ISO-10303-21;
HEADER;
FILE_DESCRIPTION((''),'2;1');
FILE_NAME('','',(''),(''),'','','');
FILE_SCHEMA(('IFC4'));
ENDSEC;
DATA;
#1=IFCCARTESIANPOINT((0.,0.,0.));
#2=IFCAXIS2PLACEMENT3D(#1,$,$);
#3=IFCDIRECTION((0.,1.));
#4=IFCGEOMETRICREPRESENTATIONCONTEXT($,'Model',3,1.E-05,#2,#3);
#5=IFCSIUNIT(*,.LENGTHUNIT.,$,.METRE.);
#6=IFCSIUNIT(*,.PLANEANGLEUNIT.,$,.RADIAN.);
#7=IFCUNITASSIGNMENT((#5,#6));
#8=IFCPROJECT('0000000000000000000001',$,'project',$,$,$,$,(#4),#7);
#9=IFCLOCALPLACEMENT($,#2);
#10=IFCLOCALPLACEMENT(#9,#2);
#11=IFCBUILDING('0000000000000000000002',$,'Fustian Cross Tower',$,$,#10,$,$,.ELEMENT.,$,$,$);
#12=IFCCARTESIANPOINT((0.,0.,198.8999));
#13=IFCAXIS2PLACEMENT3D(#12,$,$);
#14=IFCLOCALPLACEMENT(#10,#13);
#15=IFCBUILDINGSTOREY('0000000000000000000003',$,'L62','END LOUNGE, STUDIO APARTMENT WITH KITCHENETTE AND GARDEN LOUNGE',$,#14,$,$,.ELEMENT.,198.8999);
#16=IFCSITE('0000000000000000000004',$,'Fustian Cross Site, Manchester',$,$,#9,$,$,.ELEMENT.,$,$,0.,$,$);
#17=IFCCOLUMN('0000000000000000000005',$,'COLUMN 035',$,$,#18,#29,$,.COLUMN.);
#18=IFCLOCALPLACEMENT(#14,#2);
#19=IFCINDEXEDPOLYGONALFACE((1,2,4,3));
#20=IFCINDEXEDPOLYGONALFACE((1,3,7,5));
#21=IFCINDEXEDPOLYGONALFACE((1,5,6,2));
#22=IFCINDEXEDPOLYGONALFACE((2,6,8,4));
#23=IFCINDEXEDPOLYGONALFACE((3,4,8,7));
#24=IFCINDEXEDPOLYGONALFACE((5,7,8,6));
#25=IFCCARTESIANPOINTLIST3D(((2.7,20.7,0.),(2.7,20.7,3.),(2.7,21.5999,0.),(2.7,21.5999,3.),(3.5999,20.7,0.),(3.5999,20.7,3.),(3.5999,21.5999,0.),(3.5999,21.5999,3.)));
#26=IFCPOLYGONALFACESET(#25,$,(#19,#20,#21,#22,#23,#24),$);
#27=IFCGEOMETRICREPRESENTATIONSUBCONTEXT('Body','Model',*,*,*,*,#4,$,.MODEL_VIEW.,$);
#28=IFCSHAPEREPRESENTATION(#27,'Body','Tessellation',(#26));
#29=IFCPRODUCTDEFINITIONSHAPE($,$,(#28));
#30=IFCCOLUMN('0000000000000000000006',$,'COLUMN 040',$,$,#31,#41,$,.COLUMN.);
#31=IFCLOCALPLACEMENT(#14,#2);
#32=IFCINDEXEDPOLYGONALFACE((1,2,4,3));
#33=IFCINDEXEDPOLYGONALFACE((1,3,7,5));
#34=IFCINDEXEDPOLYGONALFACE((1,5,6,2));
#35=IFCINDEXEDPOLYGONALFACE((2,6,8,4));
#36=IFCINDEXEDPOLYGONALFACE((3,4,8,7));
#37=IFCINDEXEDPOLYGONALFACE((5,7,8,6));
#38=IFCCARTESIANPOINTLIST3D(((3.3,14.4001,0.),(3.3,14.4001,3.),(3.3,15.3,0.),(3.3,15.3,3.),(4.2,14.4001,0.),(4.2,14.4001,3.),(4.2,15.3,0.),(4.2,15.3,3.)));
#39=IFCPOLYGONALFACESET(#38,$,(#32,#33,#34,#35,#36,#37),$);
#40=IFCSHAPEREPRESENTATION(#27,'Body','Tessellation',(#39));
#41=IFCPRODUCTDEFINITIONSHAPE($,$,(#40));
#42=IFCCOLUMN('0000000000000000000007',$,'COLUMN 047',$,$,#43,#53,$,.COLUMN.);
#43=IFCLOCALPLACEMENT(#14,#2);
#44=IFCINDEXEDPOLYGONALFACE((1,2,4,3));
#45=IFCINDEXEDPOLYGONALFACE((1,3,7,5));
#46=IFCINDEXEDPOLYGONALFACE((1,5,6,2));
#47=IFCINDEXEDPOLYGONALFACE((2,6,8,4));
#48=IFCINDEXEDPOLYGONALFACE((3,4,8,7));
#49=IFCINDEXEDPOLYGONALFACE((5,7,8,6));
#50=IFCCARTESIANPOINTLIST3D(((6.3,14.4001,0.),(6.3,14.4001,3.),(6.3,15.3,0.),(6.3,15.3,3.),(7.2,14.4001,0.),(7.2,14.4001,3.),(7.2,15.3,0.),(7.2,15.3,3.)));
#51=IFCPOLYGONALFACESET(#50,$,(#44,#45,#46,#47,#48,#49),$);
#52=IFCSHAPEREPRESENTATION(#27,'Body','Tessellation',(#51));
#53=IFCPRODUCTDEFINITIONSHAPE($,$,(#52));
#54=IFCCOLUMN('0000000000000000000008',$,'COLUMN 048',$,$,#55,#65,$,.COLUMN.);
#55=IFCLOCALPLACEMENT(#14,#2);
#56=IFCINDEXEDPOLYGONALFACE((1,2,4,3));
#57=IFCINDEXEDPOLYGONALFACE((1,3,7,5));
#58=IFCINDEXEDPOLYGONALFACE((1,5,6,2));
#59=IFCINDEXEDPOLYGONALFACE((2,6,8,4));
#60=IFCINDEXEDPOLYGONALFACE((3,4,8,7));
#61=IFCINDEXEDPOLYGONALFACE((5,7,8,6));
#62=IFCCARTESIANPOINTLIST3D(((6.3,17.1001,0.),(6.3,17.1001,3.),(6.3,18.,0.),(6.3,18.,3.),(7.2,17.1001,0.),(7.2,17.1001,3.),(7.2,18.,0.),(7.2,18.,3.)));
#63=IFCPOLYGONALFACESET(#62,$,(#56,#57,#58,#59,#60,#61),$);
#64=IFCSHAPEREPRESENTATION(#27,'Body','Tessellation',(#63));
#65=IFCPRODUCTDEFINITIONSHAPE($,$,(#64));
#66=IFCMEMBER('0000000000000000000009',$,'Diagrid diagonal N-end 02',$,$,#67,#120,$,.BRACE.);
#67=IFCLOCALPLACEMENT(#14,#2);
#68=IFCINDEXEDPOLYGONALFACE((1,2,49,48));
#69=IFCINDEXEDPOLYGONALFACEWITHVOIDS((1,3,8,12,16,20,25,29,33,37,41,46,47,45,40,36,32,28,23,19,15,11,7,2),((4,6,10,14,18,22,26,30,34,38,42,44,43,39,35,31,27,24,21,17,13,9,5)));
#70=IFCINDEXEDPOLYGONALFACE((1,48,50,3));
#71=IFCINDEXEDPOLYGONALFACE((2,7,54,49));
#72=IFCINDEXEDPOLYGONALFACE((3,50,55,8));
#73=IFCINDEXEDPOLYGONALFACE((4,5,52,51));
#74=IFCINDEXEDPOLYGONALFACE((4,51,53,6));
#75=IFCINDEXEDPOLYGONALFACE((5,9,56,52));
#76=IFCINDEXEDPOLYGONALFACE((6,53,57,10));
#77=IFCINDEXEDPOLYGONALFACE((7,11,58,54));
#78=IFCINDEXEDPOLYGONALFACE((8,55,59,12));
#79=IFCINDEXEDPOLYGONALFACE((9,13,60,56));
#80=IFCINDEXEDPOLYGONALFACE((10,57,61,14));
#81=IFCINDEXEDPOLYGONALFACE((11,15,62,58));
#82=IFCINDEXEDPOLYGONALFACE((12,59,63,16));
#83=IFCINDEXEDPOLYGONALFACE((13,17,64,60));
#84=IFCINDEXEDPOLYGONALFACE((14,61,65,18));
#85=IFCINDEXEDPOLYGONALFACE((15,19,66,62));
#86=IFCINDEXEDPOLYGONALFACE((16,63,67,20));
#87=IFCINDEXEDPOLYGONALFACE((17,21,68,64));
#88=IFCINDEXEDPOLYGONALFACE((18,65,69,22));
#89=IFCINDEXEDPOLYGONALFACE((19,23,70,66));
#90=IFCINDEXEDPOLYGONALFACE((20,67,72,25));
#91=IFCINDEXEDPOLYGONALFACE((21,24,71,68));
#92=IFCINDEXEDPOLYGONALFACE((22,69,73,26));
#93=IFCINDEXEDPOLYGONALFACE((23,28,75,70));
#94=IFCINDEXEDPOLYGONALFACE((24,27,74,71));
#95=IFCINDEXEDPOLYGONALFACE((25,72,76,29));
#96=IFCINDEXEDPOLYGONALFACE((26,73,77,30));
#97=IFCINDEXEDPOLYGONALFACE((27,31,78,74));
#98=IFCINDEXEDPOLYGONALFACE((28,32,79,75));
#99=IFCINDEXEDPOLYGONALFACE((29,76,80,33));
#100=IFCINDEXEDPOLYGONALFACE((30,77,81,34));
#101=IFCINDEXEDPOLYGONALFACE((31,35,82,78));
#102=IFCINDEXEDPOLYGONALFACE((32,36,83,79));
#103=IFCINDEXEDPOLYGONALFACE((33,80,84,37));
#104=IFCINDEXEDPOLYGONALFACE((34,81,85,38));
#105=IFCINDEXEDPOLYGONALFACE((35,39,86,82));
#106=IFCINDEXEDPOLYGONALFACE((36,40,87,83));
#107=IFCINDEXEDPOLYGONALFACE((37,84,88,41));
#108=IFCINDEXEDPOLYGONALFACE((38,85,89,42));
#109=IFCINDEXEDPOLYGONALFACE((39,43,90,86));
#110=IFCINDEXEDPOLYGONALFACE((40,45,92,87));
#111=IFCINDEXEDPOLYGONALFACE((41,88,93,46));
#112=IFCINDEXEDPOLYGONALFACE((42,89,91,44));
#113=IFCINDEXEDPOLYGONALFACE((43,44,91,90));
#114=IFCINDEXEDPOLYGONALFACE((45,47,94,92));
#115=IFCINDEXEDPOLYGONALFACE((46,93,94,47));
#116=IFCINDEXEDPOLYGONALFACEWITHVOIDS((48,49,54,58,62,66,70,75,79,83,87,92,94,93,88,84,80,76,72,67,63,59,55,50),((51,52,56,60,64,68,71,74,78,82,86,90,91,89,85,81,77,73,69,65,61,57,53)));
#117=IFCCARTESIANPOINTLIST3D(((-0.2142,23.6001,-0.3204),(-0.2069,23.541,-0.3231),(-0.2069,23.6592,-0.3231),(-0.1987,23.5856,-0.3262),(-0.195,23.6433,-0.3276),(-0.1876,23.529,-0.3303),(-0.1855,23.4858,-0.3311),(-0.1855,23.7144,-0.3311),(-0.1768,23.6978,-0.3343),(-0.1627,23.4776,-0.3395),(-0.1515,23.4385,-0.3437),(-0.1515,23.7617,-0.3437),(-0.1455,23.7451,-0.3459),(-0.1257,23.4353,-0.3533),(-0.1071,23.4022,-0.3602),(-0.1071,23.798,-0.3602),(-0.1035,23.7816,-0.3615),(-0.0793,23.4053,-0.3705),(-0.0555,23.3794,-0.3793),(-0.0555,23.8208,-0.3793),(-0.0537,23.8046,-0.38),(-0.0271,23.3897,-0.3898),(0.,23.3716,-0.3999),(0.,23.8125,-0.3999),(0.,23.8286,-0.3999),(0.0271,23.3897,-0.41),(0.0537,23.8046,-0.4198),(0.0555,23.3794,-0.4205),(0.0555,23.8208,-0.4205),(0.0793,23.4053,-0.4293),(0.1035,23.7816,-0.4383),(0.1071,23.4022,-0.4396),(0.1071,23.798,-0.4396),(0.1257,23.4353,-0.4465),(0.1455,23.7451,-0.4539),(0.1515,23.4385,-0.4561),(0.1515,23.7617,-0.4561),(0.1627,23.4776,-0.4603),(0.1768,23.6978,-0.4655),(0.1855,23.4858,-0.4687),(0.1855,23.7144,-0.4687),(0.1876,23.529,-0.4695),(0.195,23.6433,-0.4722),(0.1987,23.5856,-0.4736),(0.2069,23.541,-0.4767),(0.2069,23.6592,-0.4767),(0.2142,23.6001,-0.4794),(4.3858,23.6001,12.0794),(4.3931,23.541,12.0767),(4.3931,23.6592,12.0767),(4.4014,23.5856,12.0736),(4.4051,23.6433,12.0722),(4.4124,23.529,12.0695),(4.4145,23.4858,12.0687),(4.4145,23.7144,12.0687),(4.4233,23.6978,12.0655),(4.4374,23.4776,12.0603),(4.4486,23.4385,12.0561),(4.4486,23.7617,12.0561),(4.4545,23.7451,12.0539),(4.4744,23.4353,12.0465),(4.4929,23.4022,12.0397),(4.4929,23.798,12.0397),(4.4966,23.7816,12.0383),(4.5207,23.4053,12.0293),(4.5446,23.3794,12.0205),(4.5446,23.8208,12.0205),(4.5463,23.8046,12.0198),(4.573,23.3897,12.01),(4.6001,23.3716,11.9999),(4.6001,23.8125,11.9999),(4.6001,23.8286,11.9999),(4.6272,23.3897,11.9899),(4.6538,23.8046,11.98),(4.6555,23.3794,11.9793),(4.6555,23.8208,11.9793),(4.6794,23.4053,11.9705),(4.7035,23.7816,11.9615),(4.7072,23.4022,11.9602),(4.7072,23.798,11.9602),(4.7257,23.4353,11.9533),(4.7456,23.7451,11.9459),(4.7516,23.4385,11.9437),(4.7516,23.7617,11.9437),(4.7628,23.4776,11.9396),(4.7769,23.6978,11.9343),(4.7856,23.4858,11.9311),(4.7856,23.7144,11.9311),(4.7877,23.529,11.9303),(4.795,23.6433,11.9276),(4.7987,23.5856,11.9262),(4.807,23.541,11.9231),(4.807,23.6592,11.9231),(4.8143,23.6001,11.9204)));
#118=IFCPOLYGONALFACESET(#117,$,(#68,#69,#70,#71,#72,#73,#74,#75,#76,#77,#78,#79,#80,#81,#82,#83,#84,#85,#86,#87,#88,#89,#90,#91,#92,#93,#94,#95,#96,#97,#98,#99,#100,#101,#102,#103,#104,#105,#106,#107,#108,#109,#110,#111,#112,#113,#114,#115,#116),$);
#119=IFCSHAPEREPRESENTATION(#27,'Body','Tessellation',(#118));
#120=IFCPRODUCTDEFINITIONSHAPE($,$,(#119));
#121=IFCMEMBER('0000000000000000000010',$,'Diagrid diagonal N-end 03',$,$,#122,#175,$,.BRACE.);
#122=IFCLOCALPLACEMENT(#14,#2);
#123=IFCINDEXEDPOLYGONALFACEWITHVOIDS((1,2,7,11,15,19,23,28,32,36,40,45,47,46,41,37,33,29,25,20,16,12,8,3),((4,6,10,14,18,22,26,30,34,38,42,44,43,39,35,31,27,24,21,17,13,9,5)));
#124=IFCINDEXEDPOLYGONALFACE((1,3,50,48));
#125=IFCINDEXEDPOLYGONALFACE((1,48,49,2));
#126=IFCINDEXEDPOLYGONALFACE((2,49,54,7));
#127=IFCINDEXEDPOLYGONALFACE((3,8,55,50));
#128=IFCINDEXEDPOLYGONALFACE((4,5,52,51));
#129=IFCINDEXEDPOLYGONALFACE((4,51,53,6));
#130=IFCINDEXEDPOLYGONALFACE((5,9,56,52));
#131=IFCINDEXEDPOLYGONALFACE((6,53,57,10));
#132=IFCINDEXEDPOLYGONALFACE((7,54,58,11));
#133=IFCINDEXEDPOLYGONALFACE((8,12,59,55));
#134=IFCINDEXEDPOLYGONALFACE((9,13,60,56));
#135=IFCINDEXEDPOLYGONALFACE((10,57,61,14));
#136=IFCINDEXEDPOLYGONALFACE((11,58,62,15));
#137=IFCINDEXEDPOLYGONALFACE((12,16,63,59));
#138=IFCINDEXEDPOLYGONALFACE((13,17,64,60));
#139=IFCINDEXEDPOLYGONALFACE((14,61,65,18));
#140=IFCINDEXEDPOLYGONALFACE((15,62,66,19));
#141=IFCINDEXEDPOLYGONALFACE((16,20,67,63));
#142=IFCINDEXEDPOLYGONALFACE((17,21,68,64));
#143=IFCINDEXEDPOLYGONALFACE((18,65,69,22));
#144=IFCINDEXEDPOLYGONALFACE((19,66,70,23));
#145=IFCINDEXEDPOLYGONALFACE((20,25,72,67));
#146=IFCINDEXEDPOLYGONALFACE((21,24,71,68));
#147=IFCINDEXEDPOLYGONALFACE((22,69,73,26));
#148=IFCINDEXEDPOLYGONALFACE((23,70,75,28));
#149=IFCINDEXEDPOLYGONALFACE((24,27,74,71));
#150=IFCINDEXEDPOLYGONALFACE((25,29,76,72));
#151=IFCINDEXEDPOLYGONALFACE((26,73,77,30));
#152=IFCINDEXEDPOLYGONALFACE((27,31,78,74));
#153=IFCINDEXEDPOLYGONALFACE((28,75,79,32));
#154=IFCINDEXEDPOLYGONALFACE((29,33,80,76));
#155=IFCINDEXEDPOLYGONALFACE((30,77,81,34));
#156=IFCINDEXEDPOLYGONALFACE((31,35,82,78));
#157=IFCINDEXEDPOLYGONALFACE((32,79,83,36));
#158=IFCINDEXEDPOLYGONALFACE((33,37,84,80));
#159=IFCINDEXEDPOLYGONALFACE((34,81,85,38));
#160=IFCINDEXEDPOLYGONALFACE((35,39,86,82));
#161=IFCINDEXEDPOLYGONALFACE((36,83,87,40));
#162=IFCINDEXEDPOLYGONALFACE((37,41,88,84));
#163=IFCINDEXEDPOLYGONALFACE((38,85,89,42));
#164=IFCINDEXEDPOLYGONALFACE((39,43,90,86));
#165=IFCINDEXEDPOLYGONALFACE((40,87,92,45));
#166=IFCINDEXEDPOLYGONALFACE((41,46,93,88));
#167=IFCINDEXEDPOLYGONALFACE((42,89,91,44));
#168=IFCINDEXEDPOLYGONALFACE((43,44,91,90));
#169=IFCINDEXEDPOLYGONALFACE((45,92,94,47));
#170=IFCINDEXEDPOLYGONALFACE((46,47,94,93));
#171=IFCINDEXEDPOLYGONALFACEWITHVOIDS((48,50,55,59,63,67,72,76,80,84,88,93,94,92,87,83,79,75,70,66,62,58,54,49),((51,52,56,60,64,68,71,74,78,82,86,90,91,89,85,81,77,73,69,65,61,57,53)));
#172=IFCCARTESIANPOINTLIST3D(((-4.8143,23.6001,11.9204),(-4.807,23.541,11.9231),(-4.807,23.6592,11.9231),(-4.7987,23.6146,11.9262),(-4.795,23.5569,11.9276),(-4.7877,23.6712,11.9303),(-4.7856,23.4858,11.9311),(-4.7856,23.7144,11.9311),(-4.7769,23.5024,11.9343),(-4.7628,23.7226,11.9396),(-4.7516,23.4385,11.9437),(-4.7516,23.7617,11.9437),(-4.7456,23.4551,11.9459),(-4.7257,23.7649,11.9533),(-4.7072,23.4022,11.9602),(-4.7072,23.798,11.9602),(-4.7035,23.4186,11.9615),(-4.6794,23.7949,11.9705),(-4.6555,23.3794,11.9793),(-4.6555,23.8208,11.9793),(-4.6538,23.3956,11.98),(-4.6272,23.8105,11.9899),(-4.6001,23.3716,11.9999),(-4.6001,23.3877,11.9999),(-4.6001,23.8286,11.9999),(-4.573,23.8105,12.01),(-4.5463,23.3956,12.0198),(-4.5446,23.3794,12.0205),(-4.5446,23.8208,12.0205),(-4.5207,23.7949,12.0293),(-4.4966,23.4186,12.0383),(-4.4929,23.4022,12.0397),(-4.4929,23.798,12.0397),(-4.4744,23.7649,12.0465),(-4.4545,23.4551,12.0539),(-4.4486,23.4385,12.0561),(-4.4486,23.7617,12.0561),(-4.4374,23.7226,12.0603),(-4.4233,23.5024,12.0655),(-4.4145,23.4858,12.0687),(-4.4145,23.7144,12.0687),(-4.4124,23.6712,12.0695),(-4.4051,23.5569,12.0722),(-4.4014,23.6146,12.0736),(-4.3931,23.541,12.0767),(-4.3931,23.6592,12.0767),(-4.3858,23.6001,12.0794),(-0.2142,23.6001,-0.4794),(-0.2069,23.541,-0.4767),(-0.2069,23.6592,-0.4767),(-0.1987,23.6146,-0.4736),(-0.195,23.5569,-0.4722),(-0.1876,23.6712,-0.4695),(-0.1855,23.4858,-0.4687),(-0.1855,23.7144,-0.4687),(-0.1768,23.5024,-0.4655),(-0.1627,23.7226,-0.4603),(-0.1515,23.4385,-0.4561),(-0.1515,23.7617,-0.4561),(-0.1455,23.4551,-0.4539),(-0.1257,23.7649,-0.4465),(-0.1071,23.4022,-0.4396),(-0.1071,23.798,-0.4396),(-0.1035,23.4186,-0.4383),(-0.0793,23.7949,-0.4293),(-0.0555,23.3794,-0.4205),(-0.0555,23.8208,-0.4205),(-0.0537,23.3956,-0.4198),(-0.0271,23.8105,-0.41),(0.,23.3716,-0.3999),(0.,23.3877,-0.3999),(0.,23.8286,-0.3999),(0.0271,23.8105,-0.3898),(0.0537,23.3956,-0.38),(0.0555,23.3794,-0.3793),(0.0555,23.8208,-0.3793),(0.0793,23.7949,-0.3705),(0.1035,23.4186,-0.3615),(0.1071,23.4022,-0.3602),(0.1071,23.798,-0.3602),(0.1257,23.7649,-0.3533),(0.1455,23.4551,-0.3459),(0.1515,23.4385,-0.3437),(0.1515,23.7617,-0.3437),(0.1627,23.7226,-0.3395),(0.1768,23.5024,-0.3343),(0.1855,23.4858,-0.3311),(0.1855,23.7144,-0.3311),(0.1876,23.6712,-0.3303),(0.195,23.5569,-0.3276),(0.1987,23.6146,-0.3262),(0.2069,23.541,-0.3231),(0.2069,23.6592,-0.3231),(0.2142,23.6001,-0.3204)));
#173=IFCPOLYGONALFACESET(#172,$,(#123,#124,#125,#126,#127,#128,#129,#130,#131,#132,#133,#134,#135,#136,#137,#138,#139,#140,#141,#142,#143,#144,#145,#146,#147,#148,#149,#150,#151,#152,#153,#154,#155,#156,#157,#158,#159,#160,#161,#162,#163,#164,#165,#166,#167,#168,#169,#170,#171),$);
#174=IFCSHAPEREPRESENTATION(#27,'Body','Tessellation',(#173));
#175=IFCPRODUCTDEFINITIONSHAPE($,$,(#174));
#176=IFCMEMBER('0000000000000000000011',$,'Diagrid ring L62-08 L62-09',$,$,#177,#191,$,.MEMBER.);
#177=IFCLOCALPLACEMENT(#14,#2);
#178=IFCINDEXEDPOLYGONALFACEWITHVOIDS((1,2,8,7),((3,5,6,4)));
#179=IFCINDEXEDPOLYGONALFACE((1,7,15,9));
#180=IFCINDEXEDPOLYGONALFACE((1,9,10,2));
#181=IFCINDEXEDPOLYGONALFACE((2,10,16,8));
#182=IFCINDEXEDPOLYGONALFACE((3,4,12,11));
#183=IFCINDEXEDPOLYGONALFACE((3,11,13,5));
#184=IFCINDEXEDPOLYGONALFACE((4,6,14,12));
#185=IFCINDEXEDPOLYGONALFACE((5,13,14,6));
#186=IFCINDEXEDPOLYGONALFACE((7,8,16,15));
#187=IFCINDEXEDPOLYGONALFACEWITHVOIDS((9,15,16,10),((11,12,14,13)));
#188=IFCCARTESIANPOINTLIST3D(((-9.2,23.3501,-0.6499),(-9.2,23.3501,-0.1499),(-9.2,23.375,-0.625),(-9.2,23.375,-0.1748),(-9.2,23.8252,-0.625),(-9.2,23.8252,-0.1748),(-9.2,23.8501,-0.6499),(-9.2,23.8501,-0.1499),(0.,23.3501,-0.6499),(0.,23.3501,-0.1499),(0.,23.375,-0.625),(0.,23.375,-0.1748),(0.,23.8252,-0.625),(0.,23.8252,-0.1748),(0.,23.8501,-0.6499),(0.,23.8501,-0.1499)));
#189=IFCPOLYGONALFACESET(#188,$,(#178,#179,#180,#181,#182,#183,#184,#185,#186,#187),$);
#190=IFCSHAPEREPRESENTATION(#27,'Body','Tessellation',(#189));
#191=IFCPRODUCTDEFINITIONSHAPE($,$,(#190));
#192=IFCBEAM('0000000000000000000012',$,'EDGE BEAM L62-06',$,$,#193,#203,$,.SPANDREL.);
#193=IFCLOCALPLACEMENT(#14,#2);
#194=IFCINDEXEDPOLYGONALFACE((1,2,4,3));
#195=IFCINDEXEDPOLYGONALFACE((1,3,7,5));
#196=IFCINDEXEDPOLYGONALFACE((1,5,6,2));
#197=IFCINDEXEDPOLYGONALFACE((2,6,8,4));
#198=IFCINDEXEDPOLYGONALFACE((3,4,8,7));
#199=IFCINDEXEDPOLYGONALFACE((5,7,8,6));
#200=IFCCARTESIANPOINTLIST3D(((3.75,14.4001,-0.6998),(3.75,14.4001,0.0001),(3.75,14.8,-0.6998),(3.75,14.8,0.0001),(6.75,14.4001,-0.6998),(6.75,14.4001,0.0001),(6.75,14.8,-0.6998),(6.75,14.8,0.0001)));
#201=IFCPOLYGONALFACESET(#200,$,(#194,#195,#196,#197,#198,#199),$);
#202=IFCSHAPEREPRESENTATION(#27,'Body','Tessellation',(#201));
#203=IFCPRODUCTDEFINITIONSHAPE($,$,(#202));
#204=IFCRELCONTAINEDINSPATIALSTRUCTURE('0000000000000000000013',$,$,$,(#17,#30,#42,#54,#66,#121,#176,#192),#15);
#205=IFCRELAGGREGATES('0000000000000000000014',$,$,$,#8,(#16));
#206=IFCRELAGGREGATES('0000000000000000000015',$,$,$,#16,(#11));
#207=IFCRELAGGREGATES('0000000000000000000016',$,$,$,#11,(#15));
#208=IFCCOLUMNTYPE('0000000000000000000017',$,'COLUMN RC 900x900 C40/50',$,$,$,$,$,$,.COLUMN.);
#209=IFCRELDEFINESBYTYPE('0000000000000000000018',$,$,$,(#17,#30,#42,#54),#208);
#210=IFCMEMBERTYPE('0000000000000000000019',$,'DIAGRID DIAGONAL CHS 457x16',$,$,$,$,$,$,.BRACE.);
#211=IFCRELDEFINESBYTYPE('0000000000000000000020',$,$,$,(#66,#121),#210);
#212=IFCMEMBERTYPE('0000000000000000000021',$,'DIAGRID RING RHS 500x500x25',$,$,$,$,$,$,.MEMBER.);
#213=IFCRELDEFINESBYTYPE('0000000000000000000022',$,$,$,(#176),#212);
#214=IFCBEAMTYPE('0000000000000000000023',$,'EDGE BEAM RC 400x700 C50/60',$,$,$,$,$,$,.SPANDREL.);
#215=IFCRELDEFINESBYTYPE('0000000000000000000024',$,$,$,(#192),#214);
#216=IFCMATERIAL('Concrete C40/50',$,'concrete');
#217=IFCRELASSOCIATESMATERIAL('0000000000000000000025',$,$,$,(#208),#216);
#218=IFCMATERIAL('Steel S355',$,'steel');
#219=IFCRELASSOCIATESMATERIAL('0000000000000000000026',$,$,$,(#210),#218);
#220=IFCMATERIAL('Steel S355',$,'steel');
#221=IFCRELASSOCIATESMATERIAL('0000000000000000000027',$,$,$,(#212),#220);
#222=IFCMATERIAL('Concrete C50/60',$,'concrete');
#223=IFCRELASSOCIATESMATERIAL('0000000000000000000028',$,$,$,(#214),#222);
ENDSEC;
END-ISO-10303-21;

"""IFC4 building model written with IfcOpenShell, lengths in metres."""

from ifc_helpers import new_model, si_unit, direction, frame, origin, origin_2d, place, context, subcontext, project, spatial, rectangle, hollow_rectangle, hollow_circle, extrude, material, material_profile, profile_set, type_object, element, save


model = new_model("IFC4")

# Units and contexts
model_context = context("Model", 3, precision=1e-05, world=origin(), true_north=direction((0.0, 1.0)))
body_context = subcontext(model_context, "Body", "Model", "MODEL_VIEW")
ifc_project = project(units=[si_unit("LENGTHUNIT", "METRE"), si_unit("PLANEANGLEUNIT", "RADIAN")], contexts=[model_context])

# Site, building, storey
site_placement = place(None, origin())
site = spatial("IfcSite", under=ifc_project, at=site_placement, Name="Fustian Cross Site, Manchester", CompositionType="ELEMENT", RefElevation=0.0)
building_placement = place(site_placement, origin())
building = spatial("IfcBuilding", under=site, at=building_placement, Name="Fustian Cross Tower", CompositionType="ELEMENT")
storey_placement = place(building_placement, frame((0.0, 0.0, 198.8999)))
storey = spatial("IfcBuildingStorey", under=building, at=storey_placement, Name="L62", Description="END LOUNGE, STUDIO APARTMENT WITH KITCHENETTE AND GARDEN LOUNGE", CompositionType="ELEMENT", Elevation=198.8999)

# Columns
ifc_material_1 = material(Name="Concrete C40/50", Category="concrete")
ifc_material_profile_1 = material_profile(ifc_material_1, rectangle(XDim=0.8999, YDim=0.8999, at=origin_2d()), Name="RC 900x900")
ifc_profile_set_1 = profile_set([ifc_material_profile_1], Name="Concrete C40/50")
column_type = type_object("IfcColumnType", Name="COLUMN RC 900x900 C40/50", PredefinedType="COLUMN", material=ifc_profile_set_1)
for number, where, z_axis, x_axis, name in (
    (1, (3.1499, 21.1499, 0.0), (0.0, 0.0, 1.0), (1.0, 0.0, 0.0), "COLUMN 035"),
    (2, (3.75, 14.8501, 0.0), (0.0, 0.0, 1.0), (1.0, 0.0, 0.0), "COLUMN 040"),
    (3, (6.75, 14.8501, 0.0), (0.0, 0.0, 1.0), (1.0, 0.0, 0.0), "COLUMN 047"),
    (4, (6.75, 17.55, 0.0), (0.0, 0.0, 1.0), (1.0, 0.0, 0.0), "COLUMN 048"),
):
    element("IfcColumn", number, at=place(storey_placement, frame(where, z_axis=z_axis, x_axis=x_axis)), inside=storey, type_object=column_type, Name=name, PredefinedType="COLUMN", context=body_context, shape_type="SweptSolid", body=[
        extrude(rectangle(XDim=0.8999, YDim=0.8999, at=origin_2d()), origin(), (0.0, 0.0, 1.0), 3.0),
    ])

# Members
ifc_material_2 = material(Name="Steel S355", Category="steel")
ifc_material_profile_2 = material_profile(ifc_material_2, hollow_circle(Radius=0.2285, WallThickness=0.0161, at=origin_2d()), Name="CHS 457x16")
ifc_profile_set_2 = profile_set([ifc_material_profile_2], Name="Steel S355")
member_type_1 = type_object("IfcMemberType", Name="DIAGRID DIAGONAL CHS 457x16", PredefinedType="BRACE", material=ifc_profile_set_2)
for number, where, z_axis, x_axis, name in (
    (5, (0.0, 23.6001, -0.3999), (0.347816, 0.0, 0.937563), (0.0, 1.0, 0.0), "Diagrid diagonal N-end 02"),
    (6, (0.0, 23.6001, -0.3999), (-0.347816, 0.0, 0.937563), (0.0, -1.0, 0.0), "Diagrid diagonal N-end 03"),
):
    element("IfcMember", number, at=place(storey_placement, frame(where, z_axis=z_axis, x_axis=x_axis)), inside=storey, type_object=member_type_1, Name=name, PredefinedType="BRACE", context=body_context, shape_type="SweptSolid", body=[
        extrude(hollow_circle(Radius=0.2285, WallThickness=0.0161, at=origin_2d()), origin(), (0.0, 0.0, 1.0), 13.2256),
    ])
ifc_material_3 = material(Name="Steel S355", Category="steel")
ifc_material_profile_3 = material_profile(ifc_material_3, hollow_rectangle(XDim=0.5, YDim=0.5, WallThickness=0.0249, at=origin_2d()), Name="RHS 500x500x25")
ifc_profile_set_3 = profile_set([ifc_material_profile_3], Name="Steel S355")
member_type_2 = type_object("IfcMemberType", Name="DIAGRID RING RHS 500x500x25", PredefinedType="MEMBER", material=ifc_profile_set_3)
member_placement = place(storey_placement, frame((0.0, 23.6001, -0.3999), z_axis=(-1.0, 0.0, 0.0), x_axis=(0.0, -1.0, 0.0)))
element("IfcMember", 7, at=member_placement, inside=storey, type_object=member_type_2, Name="Diagrid ring L62-08 L62-09", PredefinedType="MEMBER", context=body_context, shape_type="SweptSolid", body=[
    extrude(hollow_rectangle(XDim=0.5, YDim=0.5, WallThickness=0.0249, at=origin_2d()), origin(), (0.0, 0.0, 1.0), 9.2),
])

# Beam
ifc_material_4 = material(Name="Concrete C50/60", Category="concrete")
ifc_material_profile_4 = material_profile(ifc_material_4, rectangle(XDim=0.3999, YDim=0.7, at=origin_2d()), Name="RC 400x700")
ifc_profile_set_4 = profile_set([ifc_material_profile_4], Name="Concrete C50/60")
beam_type = type_object("IfcBeamType", Name="EDGE BEAM RC 400x700 C50/60", PredefinedType="SPANDREL", material=ifc_profile_set_4)
beam_1_placement = place(storey_placement, frame((3.75, 14.6001, -0.3499), z_axis=(1.0, 0.0, 0.0), x_axis=(0.0, 1.0, 0.0)))
element("IfcBeam", 8, at=beam_1_placement, inside=storey, type_object=beam_type, Name="EDGE BEAM L62-06", PredefinedType="SPANDREL", context=body_context, shape_type="SweptSolid", body=[
    extrude(rectangle(XDim=0.3999, YDim=0.7, at=origin_2d()), origin(), (0.0, 0.0, 1.0), 3.0),
])

save(model, "model.ifc")
